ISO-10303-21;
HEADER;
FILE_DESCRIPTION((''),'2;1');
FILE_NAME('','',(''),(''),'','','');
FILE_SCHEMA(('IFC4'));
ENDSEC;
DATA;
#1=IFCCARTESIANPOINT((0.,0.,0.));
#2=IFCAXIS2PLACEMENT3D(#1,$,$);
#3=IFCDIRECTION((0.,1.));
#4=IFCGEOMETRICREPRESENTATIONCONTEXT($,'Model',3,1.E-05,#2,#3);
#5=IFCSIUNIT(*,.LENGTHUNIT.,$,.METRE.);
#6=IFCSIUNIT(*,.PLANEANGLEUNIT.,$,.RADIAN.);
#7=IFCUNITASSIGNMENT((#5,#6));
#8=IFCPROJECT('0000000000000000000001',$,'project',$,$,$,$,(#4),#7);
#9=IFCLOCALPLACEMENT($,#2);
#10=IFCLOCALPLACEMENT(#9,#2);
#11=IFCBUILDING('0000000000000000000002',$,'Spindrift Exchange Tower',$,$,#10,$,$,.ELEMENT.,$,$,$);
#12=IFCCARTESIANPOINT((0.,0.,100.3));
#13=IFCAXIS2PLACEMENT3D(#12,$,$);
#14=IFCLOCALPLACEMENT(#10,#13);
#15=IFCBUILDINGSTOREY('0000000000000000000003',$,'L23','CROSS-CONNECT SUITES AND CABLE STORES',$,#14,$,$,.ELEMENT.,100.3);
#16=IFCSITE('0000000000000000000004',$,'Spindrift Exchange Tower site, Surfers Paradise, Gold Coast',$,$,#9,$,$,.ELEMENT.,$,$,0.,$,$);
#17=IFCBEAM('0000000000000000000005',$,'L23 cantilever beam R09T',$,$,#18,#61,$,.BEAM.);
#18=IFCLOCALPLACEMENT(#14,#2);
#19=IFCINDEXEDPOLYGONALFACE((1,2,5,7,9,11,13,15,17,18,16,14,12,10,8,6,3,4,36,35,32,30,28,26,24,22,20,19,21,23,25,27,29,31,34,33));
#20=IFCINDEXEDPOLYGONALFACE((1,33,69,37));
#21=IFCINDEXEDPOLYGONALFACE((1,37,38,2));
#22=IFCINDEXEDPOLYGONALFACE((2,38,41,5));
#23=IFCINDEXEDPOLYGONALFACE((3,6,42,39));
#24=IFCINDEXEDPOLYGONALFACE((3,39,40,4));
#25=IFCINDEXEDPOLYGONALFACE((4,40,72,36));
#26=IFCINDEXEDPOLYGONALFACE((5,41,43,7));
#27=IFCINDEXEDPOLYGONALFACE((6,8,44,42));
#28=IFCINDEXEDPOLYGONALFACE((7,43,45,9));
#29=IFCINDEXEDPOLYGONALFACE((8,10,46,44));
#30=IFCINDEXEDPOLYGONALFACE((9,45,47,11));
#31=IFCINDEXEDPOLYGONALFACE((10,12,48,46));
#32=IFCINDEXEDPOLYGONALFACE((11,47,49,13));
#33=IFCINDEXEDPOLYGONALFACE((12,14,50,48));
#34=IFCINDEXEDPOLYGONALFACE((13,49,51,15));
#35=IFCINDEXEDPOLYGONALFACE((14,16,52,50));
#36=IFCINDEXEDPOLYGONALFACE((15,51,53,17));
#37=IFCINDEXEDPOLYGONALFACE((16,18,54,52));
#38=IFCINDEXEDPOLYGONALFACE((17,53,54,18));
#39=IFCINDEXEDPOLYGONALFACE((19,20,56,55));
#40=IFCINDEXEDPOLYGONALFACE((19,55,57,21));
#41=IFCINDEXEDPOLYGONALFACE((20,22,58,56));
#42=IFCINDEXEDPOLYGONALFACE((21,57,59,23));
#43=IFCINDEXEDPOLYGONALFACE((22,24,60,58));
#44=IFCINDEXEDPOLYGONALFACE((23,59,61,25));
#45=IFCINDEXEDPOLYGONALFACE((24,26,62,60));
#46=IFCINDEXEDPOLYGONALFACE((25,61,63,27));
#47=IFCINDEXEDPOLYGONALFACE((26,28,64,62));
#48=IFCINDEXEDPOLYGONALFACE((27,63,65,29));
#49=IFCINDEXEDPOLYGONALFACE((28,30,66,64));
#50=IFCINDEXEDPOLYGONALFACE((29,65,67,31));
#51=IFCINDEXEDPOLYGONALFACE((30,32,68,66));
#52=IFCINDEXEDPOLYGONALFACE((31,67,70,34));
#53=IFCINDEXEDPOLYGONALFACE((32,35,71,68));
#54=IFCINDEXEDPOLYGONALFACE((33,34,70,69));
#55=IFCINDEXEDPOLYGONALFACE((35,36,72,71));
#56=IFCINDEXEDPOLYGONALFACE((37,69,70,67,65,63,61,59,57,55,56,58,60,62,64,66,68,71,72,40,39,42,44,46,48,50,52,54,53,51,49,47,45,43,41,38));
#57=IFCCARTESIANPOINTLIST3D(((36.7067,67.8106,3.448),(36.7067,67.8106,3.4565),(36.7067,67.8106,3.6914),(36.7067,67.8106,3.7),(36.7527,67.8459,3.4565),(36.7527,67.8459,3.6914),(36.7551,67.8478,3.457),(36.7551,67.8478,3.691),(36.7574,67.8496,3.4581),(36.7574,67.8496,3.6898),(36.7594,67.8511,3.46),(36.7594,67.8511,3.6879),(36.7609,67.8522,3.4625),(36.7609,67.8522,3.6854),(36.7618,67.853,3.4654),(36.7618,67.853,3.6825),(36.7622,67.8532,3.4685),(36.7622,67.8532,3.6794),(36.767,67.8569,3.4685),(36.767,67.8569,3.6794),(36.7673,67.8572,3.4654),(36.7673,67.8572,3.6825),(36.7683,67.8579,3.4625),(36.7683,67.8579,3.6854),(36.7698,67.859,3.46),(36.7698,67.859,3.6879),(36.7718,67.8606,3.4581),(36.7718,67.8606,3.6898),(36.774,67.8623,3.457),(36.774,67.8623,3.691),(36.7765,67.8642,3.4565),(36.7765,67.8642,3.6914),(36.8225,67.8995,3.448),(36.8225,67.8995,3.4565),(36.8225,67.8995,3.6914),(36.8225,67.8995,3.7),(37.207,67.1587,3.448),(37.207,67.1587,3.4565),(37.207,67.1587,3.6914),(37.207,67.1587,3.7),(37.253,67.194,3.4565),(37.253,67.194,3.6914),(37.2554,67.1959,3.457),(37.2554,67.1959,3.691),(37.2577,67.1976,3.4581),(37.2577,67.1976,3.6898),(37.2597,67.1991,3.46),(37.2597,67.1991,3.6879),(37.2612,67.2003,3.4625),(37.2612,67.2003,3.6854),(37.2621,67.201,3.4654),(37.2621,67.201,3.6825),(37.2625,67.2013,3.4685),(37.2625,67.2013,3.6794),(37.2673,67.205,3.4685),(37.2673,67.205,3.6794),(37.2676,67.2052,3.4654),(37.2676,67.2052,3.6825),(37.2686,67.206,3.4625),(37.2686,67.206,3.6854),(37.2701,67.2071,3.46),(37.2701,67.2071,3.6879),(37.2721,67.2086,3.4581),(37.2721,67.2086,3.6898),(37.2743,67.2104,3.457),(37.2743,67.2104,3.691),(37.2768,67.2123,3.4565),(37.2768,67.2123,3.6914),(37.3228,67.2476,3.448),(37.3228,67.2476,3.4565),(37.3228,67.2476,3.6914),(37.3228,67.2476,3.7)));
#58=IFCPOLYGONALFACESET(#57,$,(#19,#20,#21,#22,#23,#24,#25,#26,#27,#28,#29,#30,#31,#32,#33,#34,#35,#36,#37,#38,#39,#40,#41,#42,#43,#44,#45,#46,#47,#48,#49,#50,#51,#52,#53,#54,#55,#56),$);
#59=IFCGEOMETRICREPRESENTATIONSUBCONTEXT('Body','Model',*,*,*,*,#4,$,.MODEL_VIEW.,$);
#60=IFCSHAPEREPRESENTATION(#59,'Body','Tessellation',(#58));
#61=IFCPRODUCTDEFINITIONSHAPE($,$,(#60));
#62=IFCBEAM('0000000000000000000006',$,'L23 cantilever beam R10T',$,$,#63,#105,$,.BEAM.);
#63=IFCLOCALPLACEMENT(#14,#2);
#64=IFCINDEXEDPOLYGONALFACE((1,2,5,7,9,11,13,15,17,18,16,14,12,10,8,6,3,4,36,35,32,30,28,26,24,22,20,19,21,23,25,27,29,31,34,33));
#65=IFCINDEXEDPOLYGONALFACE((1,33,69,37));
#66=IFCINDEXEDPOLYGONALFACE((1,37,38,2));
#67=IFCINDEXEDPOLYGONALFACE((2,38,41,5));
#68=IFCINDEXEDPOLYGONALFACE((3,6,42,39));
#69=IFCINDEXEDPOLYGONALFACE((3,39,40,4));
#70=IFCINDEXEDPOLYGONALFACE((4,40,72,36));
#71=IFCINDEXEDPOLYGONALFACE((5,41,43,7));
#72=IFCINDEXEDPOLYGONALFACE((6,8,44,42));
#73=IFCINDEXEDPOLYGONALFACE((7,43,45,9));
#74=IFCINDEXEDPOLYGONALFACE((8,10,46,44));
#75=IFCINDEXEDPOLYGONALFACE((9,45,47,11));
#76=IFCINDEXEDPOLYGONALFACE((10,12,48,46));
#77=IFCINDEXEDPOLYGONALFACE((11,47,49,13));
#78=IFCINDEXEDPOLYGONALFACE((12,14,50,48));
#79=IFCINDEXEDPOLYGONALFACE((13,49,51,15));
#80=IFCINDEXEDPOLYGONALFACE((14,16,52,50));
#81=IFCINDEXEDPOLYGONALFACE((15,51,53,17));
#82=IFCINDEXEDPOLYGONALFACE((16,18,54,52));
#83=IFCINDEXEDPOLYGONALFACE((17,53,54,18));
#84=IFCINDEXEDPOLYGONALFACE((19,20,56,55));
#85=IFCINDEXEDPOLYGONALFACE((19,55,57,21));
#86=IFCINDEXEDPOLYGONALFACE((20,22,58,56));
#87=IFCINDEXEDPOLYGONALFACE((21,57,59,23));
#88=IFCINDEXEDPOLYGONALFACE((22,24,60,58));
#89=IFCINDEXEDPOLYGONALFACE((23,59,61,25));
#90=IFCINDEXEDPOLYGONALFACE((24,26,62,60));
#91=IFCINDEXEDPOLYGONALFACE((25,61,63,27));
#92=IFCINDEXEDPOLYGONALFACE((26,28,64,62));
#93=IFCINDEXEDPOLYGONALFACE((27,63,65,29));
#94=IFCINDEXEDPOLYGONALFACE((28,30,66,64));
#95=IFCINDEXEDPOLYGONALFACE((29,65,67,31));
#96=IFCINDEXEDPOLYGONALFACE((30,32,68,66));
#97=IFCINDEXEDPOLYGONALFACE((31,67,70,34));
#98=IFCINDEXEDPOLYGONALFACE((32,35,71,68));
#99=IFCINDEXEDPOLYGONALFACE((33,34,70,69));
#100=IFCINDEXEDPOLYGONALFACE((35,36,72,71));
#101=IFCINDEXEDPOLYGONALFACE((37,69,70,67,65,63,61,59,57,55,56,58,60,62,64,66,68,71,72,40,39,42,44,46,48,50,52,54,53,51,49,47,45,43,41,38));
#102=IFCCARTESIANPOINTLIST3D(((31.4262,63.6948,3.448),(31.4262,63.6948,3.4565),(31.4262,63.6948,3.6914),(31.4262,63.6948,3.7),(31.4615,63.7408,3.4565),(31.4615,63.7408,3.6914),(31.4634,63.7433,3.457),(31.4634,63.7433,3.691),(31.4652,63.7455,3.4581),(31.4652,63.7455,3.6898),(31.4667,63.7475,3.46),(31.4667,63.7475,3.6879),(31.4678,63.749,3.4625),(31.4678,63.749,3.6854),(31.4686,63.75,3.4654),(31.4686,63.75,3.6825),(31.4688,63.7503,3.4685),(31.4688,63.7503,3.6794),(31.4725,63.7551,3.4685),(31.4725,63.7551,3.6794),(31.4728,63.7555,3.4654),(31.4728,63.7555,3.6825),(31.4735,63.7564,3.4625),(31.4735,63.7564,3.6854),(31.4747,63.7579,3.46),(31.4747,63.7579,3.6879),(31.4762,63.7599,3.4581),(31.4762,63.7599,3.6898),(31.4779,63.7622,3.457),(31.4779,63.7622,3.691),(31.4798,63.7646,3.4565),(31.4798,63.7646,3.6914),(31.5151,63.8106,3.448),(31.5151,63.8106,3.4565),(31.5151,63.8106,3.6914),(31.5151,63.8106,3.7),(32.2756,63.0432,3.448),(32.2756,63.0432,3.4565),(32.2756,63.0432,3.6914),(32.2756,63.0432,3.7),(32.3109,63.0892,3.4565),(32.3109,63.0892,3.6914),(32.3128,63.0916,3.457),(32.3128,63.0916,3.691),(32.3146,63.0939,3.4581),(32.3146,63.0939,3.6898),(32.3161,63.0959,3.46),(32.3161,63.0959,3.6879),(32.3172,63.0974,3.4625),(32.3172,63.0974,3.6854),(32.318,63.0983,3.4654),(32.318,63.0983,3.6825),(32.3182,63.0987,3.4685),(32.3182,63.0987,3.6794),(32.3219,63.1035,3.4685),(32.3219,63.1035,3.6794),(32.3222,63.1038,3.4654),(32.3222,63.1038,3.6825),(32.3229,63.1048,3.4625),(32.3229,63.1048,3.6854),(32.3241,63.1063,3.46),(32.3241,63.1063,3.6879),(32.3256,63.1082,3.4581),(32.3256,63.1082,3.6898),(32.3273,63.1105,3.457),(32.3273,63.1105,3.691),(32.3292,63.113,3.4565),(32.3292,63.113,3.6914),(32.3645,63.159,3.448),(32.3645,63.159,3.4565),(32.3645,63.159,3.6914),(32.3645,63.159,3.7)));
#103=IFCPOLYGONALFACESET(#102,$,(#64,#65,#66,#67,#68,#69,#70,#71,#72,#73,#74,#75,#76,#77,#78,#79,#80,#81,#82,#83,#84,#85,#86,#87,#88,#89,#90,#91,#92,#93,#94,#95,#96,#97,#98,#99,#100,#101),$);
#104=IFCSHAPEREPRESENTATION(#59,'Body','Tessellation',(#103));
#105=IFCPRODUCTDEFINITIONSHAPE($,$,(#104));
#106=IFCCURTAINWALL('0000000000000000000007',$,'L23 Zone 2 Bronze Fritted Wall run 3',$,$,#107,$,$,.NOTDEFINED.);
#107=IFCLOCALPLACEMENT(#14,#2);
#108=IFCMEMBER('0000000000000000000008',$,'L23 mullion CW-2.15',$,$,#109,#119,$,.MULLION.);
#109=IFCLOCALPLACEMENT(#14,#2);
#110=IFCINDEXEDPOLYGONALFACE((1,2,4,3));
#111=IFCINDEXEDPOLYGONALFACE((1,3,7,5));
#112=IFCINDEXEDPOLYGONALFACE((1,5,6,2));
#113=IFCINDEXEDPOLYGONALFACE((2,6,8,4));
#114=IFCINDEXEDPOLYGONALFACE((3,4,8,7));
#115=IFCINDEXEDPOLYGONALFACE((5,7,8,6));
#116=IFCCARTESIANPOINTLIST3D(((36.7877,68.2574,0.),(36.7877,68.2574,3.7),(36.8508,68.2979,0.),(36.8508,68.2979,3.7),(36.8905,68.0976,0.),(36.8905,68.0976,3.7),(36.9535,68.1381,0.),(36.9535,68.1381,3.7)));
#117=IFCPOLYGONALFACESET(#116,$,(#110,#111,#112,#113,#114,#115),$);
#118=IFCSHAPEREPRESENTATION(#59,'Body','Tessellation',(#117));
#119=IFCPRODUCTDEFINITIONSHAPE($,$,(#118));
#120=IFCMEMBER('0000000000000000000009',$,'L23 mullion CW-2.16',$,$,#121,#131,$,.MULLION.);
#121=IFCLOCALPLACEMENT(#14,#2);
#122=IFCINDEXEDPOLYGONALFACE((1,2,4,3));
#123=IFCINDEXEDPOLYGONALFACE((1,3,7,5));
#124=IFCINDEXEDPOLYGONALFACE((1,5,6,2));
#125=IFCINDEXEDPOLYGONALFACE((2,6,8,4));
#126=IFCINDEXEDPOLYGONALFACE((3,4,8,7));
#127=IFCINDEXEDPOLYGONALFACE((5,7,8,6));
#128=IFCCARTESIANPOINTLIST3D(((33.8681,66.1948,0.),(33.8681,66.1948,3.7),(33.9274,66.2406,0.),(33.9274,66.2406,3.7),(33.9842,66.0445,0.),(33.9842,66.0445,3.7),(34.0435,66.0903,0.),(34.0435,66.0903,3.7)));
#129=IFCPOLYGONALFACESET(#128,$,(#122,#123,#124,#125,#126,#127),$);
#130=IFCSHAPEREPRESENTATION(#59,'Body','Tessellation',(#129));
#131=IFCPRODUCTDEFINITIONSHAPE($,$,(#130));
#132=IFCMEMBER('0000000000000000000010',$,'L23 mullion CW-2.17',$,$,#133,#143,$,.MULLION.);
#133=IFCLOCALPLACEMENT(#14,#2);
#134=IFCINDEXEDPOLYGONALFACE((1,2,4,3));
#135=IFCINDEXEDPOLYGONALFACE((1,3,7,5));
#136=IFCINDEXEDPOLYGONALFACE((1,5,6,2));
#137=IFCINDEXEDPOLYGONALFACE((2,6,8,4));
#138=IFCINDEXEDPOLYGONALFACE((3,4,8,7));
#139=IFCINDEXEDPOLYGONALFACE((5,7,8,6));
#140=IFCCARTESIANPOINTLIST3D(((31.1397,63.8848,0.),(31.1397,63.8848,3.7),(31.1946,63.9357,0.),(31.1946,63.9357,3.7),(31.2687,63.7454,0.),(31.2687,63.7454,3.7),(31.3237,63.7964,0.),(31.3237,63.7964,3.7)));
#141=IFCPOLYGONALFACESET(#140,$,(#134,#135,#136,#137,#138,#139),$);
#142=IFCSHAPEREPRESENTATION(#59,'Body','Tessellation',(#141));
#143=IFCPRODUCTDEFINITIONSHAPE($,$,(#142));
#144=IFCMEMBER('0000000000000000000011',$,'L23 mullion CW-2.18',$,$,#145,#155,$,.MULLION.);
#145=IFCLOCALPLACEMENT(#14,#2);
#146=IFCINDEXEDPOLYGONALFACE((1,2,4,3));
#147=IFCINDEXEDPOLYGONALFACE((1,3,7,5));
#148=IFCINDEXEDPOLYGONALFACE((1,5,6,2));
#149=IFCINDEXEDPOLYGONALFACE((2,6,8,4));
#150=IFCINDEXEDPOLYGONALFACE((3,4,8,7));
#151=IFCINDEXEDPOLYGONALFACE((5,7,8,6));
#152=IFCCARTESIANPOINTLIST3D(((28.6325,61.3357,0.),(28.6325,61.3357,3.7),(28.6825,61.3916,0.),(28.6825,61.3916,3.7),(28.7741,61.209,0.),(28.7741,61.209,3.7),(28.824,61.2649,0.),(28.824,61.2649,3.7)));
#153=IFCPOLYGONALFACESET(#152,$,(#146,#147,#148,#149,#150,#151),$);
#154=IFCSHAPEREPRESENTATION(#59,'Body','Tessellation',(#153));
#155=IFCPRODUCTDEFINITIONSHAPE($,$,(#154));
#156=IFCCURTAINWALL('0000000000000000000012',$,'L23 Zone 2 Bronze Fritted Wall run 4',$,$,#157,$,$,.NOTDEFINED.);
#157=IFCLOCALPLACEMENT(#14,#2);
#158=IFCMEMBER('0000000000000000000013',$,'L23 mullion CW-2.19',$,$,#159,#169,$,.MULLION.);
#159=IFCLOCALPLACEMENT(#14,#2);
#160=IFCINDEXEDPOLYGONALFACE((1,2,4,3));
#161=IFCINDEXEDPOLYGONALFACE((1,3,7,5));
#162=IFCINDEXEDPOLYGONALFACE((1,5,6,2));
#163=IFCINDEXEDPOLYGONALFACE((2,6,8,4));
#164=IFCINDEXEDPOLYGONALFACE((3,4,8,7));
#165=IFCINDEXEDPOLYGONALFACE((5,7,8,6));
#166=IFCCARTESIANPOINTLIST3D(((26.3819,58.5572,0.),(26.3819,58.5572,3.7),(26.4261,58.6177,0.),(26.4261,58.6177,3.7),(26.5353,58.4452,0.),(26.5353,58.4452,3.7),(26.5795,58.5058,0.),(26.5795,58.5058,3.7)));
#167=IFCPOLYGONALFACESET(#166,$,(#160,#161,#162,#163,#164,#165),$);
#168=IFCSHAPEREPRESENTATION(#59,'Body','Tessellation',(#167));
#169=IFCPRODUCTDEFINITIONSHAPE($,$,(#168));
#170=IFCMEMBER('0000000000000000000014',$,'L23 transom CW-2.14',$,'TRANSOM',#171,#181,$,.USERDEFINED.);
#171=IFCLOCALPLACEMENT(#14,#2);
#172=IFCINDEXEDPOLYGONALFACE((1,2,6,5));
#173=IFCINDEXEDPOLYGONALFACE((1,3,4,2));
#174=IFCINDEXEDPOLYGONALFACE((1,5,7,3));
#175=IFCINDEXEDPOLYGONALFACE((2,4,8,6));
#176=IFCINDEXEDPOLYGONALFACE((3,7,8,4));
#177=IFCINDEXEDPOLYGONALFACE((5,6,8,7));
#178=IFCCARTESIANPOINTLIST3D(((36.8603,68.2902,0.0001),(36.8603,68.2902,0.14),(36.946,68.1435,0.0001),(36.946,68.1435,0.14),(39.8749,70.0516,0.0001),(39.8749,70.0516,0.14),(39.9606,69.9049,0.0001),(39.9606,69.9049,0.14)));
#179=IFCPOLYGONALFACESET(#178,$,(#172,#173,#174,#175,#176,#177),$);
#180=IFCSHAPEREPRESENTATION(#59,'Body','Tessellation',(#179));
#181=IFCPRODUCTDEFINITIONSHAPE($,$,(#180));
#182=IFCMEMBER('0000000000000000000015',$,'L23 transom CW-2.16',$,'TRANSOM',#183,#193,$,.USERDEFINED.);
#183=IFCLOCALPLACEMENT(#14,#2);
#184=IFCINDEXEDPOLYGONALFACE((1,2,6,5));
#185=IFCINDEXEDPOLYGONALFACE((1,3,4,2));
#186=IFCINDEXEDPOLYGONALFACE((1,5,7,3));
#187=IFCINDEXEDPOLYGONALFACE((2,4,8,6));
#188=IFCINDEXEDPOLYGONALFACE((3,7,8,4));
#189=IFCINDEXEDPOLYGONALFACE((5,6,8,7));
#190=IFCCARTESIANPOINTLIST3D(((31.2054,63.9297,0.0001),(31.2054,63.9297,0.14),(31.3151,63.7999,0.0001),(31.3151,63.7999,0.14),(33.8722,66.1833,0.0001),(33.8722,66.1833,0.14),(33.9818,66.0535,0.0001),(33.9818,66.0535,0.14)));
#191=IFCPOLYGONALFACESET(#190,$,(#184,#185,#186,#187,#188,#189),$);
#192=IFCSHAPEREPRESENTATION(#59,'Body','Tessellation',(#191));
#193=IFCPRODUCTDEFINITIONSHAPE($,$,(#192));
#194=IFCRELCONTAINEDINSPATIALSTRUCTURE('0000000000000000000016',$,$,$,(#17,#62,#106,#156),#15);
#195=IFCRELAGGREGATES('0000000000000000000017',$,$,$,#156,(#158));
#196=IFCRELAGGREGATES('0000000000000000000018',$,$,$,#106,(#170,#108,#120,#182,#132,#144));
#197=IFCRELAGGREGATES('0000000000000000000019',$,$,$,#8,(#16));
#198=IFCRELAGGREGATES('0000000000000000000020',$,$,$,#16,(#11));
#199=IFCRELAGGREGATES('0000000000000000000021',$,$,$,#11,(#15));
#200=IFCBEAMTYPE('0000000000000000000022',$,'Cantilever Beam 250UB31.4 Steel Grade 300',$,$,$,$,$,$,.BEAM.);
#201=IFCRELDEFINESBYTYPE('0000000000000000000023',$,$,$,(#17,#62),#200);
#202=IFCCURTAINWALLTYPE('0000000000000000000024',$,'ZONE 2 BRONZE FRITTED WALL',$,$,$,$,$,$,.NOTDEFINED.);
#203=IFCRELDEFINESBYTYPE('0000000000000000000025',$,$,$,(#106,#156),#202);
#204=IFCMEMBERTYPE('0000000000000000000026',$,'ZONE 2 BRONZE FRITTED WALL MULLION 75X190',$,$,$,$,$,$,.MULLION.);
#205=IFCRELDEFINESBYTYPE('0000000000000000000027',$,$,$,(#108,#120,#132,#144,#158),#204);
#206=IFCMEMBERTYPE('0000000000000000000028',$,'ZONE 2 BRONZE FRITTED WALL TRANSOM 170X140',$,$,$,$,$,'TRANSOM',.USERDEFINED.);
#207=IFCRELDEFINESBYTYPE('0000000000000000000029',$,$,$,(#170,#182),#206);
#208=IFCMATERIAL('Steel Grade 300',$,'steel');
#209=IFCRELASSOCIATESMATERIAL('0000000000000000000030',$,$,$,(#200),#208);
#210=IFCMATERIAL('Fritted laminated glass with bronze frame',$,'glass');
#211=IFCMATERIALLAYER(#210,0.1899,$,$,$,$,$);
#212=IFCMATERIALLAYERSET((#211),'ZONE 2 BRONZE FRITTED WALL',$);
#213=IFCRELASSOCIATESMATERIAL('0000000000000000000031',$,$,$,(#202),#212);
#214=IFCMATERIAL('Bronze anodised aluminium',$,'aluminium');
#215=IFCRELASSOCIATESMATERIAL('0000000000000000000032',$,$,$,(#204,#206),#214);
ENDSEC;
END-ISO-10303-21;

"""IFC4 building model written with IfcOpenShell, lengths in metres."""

from ifc_helpers import new_model, si_unit, direction, frame, origin, origin_2d, place, context, subcontext, project, spatial, rectangle, i_section, extrude, source, transform, mapped, material, layer, layer_set, material_profile, profile_set, type_object, element, aggregate, save


model = new_model("IFC4")

# Units and contexts
model_context = context("Model", 3, precision=1e-05, world=origin(), true_north=direction((0.0, 1.0)))
body_context = subcontext(model_context, "Body", "Model", "MODEL_VIEW")
ifc_project = project(units=[si_unit("LENGTHUNIT", "METRE"), si_unit("PLANEANGLEUNIT", "RADIAN")], contexts=[model_context])

# Site, building, storey
site_placement = place(None, origin())
site = spatial("IfcSite", under=ifc_project, at=site_placement, Name="Spindrift Exchange Tower site, Surfers Paradise, Gold Coast", CompositionType="ELEMENT", RefElevation=0.0)
building_placement = place(site_placement, origin())
building = spatial("IfcBuilding", under=site, at=building_placement, Name="Spindrift Exchange Tower", CompositionType="ELEMENT")
storey_placement = place(building_placement, frame((0.0, 0.0, 100.3)))
storey = spatial("IfcBuildingStorey", under=building, at=storey_placement, Name="L23", Description="CROSS-CONNECT SUITES AND CABLE STORES", CompositionType="ELEMENT", Elevation=100.3)

# Beams
ifc_material_1 = material(Name="Steel Grade 300", Category="steel")
ifc_material_profile_1 = material_profile(ifc_material_1, i_section(OverallWidth=0.146, OverallDepth=0.252, WebThickness=0.0061, FlangeThickness=0.0085, FilletRadius=0.012, at=origin_2d()), Name="250UB31.4")
ifc_profile_set_1 = profile_set([ifc_material_profile_1], Name="Steel Grade 300")
beam_type_1 = type_object("IfcBeamType", Name="Cantilever Beam 250UB31.4 Steel Grade 300", PredefinedType="BEAM", material=ifc_profile_set_1)
shared_shape_1 = source(origin(), body_context, "Body", "SweptSolid", [
    extrude(i_section(OverallWidth=0.146, OverallDepth=0.252, WebThickness=0.0061, FlangeThickness=0.0085, FilletRadius=0.012, at=origin_2d()), origin(), (0.0, 0.0, 1.0), 0.8218),
])
beam_1_placement = place(storey_placement, frame((37.2649, 67.2031, 3.574), z_axis=(-0.608806, 0.793319, 0.0), x_axis=(-0.793319, -0.608806, 0.0)))
element("IfcBeam", 1, at=beam_1_placement, inside=storey, type_object=beam_type_1, Name="L23 cantilever beam R09T", PredefinedType="BEAM", context=body_context, shape_type="MappedRepresentation", body=[
    mapped(shared_shape_1, transform((0.0, 0.0, 0.0), scale=1.0)),
])
shared_shape_2 = source(origin(), body_context, "Body", "SweptSolid", [
    extrude(i_section(OverallWidth=0.146, OverallDepth=0.252, WebThickness=0.0061, FlangeThickness=0.0085, FilletRadius=0.012, at=origin_2d()), origin(), (0.0, 0.0, 1.0), 1.0706),
])
beam_2_placement = place(storey_placement, frame((32.3201, 63.1011, 3.574), z_axis=(-0.793412, 0.608685, 0.0), x_axis=(-0.608685, -0.793412, 0.0)))
element("IfcBeam", 2, at=beam_2_placement, inside=storey, type_object=beam_type_1, Name="L23 cantilever beam R10T", PredefinedType="BEAM", context=body_context, shape_type="MappedRepresentation", body=[
    mapped(shared_shape_2, transform((0.0, 0.0, 0.0), scale=1.0)),
])

# Curtain wall, members
ifc_material_2 = material(Name="Fritted laminated glass with bronze frame", Category="glass")
ifc_layer_1 = layer(ifc_material_2, 0.1899)
ifc_layer_set_1 = layer_set([ifc_layer_1], Name="ZONE 2 BRONZE FRITTED WALL")
curtain_wall_type = type_object("IfcCurtainWallType", Name="ZONE 2 BRONZE FRITTED WALL", PredefinedType="NOTDEFINED", material=ifc_layer_set_1)
curtain_wall_1_placement = place(storey_placement, origin())
curtain_wall_1 = element("IfcCurtainWall", 3, at=curtain_wall_1_placement, inside=storey, type_object=curtain_wall_type, Name="L23 Zone 2 Bronze Fritted Wall run 3", PredefinedType="NOTDEFINED")
ifc_material_3 = material(Name="Bronze anodised aluminium", Category="aluminium")
ifc_material_profile_2 = material_profile(ifc_material_3, rectangle(XDim=0.075, YDim=0.1899, at=origin_2d()), Name="ZONE 2 BRONZE FRITTED WALL MULLION 75X190")
ifc_profile_set_2 = profile_set([ifc_material_profile_2], Name="Bronze anodised aluminium")
member_type_1 = type_object("IfcMemberType", Name="ZONE 2 BRONZE FRITTED WALL MULLION 75X190", PredefinedType="MULLION", material=ifc_profile_set_2)
shared_shape_3 = source(origin(), body_context, "Body", "SweptSolid", [
    extrude(rectangle(XDim=0.075, YDim=0.1899, at=origin_2d()), origin(), (0.0, 0.0, 1.0), 3.7),
])
member_1_placement = place(storey_placement, frame((36.8706, 68.1978, 0.0), z_axis=(0.0, 0.0, 1.0), x_axis=(-0.841098, -0.540882, 0.0)))
member_1 = element("IfcMember", 4, at=member_1_placement, type_object=member_type_1, Name="L23 mullion CW-2.15", PredefinedType="MULLION", context=body_context, shape_type="MappedRepresentation", body=[
    mapped(shared_shape_3, transform((0.0, 0.0, 0.0), scale=1.0)),
])
member_2_placement = place(storey_placement, frame((33.9558, 66.1426, 0.0), z_axis=(0.0, 0.0, 1.0), x_axis=(-0.791297, -0.611432, 0.0)))
member_2 = element("IfcMember", 5, at=member_2_placement, type_object=member_type_1, Name="L23 mullion CW-2.16", PredefinedType="MULLION", context=body_context, shape_type="MappedRepresentation", body=[
    mapped(shared_shape_3, transform((0.0, 0.0, 0.0), scale=1.0)),
])
member_3_placement = place(storey_placement, frame((31.2317, 63.8406, 0.0), z_axis=(0.0, 0.0, 1.0), x_axis=(-0.733626, -0.679553, 0.0)))
member_3 = element("IfcMember", 6, at=member_3_placement, type_object=member_type_1, Name="L23 mullion CW-2.17", PredefinedType="MULLION", context=body_context, shape_type="MappedRepresentation", body=[
    mapped(shared_shape_3, transform((0.0, 0.0, 0.0), scale=1.0)),
])
member_4_placement = place(storey_placement, frame((28.7283, 61.3003, 0.0), z_axis=(0.0, 0.0, 1.0), x_axis=(-0.666853, -0.74519, 0.0)))
member_4 = element("IfcMember", 7, at=member_4_placement, type_object=member_type_1, Name="L23 mullion CW-2.18", PredefinedType="MULLION", context=body_context, shape_type="MappedRepresentation", body=[
    mapped(shared_shape_3, transform((0.0, 0.0, 0.0), scale=1.0)),
])

# Curtain wall, member
curtain_wall_2_placement = place(storey_placement, origin())
curtain_wall_2 = element("IfcCurtainWall", 8, at=curtain_wall_2_placement, inside=storey, type_object=curtain_wall_type, Name="L23 Zone 2 Bronze Fritted Wall run 4", PredefinedType="NOTDEFINED")
member_5_placement = place(storey_placement, frame((26.4807, 58.5315, 0.0), z_axis=(0.0, 0.0, 1.0), x_axis=(-0.589368, -0.807864, 0.0)))
member_5 = element("IfcMember", 9, at=member_5_placement, type_object=member_type_1, Name="L23 mullion CW-2.19", PredefinedType="MULLION", context=body_context, shape_type="MappedRepresentation", body=[
    mapped(shared_shape_3, transform((0.0, 0.0, 0.0), scale=1.0)),
])

# Members
ifc_material_profile_3 = material_profile(ifc_material_3, rectangle(XDim=0.1699, YDim=0.1399, at=origin_2d()), Name="ZONE 2 BRONZE FRITTED WALL TRANSOM 170X140")
ifc_profile_set_3 = profile_set([ifc_material_profile_3], Name="Bronze anodised aluminium")
member_type_2 = type_object("IfcMemberType", Name="ZONE 2 BRONZE FRITTED WALL TRANSOM 170X140", ElementType="TRANSOM", PredefinedType="USERDEFINED", material=ifc_profile_set_3)
shared_shape_4 = source(origin(), body_context, "Body", "SweptSolid", [
    extrude(rectangle(XDim=0.1699, YDim=0.1399, at=origin_2d()), origin(), (0.0, 0.0, 1.0), 3.4915),
])
member_6_placement = place(storey_placement, frame((39.9177, 69.9783, 0.0701), z_axis=(-0.863413, -0.504497, 0.0), x_axis=(0.504497, -0.863413, 0.0)))
member_6 = element("IfcMember", 10, at=member_6_placement, type_object=member_type_2, Name="L23 transom CW-2.14", ObjectType="TRANSOM", PredefinedType="USERDEFINED", context=body_context, shape_type="MappedRepresentation", body=[
    mapped(shared_shape_4, transform((0.0, 0.0, 0.0), scale=1.0)),
])
member_7_placement = place(storey_placement, frame((33.927, 66.1184, 0.0701), z_axis=(-0.763784, -0.645472, 0.0), x_axis=(0.645472, -0.763784, 0.0)))
member_7 = element("IfcMember", 11, at=member_7_placement, type_object=member_type_2, Name="L23 transom CW-2.16", ObjectType="TRANSOM", PredefinedType="USERDEFINED", context=body_context, shape_type="MappedRepresentation", body=[
    mapped(shared_shape_4, transform((0.0, 0.0, 0.0), scale=1.0)),
])
aggregate(curtain_wall_2, [member_5])

aggregate(curtain_wall_1, [member_6, member_1, member_2, member_7, member_3, member_4])

save(model, "model.ifc")
